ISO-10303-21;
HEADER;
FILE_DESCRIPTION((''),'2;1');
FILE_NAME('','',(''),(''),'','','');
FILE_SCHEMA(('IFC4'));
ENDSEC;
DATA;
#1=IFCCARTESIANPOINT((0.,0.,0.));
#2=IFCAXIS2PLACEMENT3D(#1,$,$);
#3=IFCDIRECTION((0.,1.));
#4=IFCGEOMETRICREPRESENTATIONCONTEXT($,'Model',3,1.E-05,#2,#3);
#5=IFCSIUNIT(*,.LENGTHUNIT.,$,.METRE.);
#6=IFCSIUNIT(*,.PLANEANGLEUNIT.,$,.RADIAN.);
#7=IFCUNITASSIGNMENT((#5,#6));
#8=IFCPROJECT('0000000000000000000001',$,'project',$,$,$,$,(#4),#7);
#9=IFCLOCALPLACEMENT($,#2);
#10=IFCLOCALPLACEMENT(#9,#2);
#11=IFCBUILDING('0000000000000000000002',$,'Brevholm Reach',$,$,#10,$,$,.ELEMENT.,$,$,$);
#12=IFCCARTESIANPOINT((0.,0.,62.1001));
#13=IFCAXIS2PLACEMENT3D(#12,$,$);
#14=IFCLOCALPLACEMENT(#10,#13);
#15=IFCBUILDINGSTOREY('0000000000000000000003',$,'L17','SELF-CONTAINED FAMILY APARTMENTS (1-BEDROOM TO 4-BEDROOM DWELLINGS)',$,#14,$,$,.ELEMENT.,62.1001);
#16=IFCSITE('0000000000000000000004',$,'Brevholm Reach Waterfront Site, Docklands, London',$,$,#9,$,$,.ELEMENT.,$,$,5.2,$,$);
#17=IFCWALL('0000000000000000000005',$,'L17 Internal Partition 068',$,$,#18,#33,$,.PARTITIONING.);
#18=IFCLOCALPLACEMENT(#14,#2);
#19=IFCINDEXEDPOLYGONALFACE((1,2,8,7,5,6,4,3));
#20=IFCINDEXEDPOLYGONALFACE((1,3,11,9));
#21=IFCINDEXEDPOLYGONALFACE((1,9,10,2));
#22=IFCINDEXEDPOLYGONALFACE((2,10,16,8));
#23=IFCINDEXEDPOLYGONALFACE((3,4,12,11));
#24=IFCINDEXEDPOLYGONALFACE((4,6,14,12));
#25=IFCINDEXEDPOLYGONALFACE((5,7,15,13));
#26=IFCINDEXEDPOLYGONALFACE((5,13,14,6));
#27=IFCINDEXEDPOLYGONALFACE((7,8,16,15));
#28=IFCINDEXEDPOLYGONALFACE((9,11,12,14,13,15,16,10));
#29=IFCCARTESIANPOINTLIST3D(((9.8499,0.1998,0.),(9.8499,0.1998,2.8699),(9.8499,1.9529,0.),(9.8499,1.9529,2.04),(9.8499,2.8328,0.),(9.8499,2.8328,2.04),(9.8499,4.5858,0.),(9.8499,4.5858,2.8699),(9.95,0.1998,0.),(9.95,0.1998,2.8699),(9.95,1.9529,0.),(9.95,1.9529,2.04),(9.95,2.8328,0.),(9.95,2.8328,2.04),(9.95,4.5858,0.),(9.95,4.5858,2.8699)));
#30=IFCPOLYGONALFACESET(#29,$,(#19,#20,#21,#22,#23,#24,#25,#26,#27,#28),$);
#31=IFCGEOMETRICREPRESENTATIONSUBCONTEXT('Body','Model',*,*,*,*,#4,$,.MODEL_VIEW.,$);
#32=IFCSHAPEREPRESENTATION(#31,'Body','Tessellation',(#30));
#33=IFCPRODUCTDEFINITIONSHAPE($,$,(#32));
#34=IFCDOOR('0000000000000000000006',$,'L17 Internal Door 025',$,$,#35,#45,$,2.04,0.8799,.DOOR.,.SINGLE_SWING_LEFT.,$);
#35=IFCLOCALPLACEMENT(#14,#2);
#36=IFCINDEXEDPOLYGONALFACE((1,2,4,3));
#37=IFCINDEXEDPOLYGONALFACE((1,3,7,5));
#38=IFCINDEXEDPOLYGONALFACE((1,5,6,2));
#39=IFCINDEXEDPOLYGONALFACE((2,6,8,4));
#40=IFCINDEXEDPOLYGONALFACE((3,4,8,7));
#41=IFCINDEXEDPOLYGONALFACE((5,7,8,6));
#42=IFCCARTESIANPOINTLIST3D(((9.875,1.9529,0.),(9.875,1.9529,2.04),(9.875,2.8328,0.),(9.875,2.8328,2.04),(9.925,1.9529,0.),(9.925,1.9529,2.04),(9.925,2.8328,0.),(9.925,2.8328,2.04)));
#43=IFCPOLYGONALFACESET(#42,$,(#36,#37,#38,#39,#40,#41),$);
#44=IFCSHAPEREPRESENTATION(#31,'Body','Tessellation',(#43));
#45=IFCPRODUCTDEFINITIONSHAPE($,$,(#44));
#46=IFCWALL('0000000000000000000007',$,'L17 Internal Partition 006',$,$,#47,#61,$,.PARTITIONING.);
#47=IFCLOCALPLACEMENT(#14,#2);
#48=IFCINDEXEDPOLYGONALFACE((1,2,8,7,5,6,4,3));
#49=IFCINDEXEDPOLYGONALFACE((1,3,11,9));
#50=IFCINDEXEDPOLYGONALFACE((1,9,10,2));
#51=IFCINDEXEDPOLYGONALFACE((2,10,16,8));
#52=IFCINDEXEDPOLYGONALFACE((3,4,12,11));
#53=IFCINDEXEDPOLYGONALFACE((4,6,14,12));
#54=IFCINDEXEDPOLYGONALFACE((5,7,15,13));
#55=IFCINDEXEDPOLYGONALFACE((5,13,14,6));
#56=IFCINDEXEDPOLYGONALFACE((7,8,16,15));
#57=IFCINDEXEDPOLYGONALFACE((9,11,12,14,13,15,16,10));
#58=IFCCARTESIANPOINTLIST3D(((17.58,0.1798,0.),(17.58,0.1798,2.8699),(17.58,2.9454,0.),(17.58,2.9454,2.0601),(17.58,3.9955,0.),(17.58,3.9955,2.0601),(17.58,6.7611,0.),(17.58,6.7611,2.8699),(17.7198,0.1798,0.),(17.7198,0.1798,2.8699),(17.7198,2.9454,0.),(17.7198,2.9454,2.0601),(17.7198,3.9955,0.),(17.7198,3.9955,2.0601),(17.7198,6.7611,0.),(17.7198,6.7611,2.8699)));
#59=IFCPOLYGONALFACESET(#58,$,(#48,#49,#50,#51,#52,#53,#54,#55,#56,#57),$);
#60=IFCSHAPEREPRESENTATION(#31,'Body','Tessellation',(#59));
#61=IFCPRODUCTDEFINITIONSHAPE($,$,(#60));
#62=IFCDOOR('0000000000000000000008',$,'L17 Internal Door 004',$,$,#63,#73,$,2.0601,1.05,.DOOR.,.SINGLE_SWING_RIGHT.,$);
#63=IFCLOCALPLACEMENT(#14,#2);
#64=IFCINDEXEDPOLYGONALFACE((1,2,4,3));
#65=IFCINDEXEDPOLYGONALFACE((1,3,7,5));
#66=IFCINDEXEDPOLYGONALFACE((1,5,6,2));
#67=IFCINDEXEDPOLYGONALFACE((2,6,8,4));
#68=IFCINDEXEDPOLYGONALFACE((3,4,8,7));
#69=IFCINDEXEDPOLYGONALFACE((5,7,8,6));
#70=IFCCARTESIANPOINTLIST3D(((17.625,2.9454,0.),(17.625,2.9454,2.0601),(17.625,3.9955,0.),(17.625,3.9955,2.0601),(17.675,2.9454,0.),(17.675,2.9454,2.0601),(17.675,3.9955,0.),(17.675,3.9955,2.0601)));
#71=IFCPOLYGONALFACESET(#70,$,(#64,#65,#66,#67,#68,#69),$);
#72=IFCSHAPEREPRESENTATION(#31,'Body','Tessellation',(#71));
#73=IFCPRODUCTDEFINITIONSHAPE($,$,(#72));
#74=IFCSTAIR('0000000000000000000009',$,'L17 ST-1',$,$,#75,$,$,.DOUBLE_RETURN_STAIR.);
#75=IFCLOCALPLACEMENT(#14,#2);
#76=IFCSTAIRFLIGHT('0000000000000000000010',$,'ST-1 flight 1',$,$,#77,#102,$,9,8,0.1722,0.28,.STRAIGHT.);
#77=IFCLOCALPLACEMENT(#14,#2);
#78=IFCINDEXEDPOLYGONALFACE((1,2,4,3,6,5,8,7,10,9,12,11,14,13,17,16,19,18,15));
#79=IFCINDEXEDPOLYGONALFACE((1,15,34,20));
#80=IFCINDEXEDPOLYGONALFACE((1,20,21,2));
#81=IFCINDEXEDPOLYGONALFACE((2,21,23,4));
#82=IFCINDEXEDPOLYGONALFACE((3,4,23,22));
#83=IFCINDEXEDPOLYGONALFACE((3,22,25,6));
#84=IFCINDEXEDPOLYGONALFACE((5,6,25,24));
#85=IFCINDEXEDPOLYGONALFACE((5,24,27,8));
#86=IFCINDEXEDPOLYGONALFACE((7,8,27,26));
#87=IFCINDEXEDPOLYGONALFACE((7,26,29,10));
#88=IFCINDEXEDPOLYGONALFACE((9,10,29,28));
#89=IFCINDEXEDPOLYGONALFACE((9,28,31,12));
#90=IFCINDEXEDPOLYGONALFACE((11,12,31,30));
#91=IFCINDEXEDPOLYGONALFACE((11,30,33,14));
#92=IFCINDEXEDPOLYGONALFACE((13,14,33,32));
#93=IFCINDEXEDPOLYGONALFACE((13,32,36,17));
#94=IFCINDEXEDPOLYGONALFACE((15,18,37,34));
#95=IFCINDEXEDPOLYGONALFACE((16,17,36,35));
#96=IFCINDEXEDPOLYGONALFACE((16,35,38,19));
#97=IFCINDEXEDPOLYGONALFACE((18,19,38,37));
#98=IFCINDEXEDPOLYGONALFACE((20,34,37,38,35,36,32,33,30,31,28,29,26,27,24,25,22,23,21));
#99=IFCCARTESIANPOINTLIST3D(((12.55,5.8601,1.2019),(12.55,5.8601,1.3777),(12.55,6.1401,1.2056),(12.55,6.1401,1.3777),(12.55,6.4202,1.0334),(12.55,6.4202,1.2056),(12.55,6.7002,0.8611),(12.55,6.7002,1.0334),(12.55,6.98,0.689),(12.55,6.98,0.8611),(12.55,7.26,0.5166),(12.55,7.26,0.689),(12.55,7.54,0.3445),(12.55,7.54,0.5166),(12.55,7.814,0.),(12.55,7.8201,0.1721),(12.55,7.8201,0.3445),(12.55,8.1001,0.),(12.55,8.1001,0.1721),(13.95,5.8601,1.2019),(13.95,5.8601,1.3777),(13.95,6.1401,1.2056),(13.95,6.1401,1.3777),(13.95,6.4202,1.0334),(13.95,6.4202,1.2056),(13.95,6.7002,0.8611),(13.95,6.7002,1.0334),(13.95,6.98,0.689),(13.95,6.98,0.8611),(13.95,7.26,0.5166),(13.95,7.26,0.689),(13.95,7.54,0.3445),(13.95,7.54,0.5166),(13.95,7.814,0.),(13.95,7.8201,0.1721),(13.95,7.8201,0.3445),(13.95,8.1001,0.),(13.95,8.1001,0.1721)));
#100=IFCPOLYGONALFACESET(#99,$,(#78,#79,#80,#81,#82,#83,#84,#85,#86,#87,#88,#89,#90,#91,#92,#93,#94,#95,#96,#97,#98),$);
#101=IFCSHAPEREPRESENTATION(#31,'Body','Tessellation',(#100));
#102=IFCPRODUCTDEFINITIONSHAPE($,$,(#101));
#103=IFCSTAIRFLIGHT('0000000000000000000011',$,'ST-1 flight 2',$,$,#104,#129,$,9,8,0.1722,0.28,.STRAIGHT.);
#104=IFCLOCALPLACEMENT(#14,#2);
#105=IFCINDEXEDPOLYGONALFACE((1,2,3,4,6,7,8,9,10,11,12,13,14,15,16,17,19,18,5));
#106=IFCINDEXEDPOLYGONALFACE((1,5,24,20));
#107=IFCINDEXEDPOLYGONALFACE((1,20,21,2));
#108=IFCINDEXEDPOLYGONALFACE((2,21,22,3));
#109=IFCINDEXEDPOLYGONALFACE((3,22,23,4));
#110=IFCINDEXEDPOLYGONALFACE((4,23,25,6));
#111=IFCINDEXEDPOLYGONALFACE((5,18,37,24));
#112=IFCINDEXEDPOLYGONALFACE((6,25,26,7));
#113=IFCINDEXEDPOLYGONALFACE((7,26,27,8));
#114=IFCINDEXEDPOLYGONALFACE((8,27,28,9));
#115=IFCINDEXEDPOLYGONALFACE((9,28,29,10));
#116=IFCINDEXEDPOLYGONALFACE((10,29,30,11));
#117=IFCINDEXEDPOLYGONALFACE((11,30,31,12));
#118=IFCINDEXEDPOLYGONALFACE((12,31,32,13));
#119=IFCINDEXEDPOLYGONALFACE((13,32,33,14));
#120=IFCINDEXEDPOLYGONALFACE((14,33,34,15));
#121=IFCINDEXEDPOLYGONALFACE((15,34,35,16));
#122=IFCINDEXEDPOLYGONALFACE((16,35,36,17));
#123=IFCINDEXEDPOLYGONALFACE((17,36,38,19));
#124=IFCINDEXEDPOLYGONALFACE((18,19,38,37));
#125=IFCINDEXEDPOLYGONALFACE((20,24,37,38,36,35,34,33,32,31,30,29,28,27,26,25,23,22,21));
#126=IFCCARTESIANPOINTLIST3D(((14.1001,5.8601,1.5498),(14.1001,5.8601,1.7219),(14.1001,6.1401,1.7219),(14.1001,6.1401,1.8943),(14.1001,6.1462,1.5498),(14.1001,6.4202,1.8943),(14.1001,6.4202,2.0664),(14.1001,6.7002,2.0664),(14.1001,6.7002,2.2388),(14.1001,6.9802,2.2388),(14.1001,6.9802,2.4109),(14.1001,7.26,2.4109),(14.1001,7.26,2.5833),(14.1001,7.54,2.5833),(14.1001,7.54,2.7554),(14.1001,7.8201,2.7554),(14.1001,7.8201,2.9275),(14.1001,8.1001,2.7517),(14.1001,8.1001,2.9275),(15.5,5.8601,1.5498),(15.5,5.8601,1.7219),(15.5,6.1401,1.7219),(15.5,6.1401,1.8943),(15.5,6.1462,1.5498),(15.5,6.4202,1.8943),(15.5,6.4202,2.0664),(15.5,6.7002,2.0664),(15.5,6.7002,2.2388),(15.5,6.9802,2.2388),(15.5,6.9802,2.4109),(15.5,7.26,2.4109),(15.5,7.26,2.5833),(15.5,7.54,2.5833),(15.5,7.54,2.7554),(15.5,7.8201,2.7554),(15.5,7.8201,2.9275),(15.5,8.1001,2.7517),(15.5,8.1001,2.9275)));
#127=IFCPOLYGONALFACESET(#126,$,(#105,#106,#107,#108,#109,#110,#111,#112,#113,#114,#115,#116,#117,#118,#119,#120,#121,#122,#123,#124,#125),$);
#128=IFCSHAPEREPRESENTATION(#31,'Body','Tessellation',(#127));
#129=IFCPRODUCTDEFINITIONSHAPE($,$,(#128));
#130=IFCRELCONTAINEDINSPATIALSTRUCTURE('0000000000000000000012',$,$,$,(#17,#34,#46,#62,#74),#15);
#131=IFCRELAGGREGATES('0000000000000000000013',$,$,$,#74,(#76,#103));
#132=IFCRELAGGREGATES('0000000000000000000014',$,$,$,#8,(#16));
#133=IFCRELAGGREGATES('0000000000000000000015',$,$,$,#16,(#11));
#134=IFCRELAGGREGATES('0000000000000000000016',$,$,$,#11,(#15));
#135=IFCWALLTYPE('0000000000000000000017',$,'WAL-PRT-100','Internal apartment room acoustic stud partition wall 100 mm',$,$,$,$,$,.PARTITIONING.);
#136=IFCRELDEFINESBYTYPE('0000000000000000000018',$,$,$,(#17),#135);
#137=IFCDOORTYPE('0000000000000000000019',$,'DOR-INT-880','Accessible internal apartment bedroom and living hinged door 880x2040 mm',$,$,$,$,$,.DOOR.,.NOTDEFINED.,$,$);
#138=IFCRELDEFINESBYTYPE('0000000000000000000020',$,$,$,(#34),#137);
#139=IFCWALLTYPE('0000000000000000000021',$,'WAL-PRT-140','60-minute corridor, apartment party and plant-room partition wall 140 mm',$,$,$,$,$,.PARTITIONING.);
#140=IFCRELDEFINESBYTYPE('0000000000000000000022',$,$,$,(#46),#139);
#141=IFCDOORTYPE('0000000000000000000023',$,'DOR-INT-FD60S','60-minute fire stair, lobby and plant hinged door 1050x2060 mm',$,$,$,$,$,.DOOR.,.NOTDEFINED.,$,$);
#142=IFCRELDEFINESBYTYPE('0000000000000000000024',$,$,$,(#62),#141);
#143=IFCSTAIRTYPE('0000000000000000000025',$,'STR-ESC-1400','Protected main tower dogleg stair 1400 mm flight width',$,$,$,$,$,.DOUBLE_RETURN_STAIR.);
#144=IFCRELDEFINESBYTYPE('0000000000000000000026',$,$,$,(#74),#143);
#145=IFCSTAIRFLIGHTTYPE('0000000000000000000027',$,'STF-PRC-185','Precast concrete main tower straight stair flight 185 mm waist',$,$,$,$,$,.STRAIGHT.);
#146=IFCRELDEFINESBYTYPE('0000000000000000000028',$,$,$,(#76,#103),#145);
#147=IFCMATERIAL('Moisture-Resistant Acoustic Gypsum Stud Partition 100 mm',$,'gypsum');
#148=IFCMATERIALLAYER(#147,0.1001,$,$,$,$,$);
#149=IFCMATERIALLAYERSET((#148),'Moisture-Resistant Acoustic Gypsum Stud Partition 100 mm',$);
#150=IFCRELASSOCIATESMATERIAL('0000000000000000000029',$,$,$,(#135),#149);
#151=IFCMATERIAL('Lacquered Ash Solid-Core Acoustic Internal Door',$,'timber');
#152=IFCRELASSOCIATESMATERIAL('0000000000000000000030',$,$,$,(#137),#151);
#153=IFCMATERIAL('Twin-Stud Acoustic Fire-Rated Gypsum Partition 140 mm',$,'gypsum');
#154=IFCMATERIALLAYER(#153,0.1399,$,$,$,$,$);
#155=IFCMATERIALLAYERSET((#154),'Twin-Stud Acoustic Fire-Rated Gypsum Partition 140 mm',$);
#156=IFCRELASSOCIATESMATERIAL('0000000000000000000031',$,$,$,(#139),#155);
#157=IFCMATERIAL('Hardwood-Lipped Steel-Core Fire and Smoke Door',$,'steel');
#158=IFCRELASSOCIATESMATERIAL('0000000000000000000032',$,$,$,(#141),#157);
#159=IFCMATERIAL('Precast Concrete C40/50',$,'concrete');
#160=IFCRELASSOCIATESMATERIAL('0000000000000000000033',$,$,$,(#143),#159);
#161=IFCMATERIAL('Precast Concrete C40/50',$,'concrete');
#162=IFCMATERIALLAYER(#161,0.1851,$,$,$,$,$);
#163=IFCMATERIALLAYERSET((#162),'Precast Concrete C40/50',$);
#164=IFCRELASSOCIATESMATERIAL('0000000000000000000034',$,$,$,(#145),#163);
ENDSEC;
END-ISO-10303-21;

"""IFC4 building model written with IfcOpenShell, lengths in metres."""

from ifc_helpers import new_model, si_unit, direction, frame, frame_2d, origin, place, context, subcontext, project, spatial, polyline, rectangle, outline, extrude, material, layer, layer_set, type_object, element, fill, aggregate, save


model = new_model("IFC4")

# Units and contexts
model_context = context("Model", 3, precision=1e-05, world=origin(), true_north=direction((0.0, 1.0)))
body_context = subcontext(model_context, "Body", "Model", "MODEL_VIEW")
ifc_project = project(units=[si_unit("LENGTHUNIT", "METRE"), si_unit("PLANEANGLEUNIT", "RADIAN")], contexts=[model_context])

# Site, building, storey
site_placement = place(None, origin())
site = spatial("IfcSite", under=ifc_project, at=site_placement, Name="Brevholm Reach Waterfront Site, Docklands, London", CompositionType="ELEMENT", RefElevation=5.2)
building_placement = place(site_placement, origin())
building = spatial("IfcBuilding", under=site, at=building_placement, Name="Brevholm Reach", CompositionType="ELEMENT")
storey_placement = place(building_placement, frame((0.0, 0.0, 62.1001)))
storey = spatial("IfcBuildingStorey", under=building, at=storey_placement, Name="L17", Description="SELF-CONTAINED FAMILY APARTMENTS (1-BEDROOM TO 4-BEDROOM DWELLINGS)", CompositionType="ELEMENT", Elevation=62.1001)

# Walls, openings, doors
ifc_material_1 = material(Name="Moisture-Resistant Acoustic Gypsum Stud Partition 100 mm", Category="gypsum")
ifc_layer_1 = layer(ifc_material_1, 0.1001)
ifc_layer_set_1 = layer_set([ifc_layer_1], Name="Moisture-Resistant Acoustic Gypsum Stud Partition 100 mm")
wall_type_1 = type_object("IfcWallType", Name="WAL-PRT-100", Description="Internal apartment room acoustic stud partition wall 100 mm", PredefinedType="PARTITIONING", material=ifc_layer_set_1)
wall_1_placement = place(storey_placement, frame((9.8999, 0.2, 0.0), z_axis=(0.0, 0.0, 1.0), x_axis=(0.0, 1.0, 0.0)))
wall_1 = element("IfcWall", 1, at=wall_1_placement, inside=storey, type_object=wall_type_1, Name="L17 Internal Partition 068", PredefinedType="PARTITIONING", context=body_context, shape_type="SweptSolid", body=[
    extrude(rectangle(XDim=4.386, YDim=0.1001, at=frame_2d((2.1929, 0.0))), origin(), (0.0, 0.0, 1.0), 2.8699),
])
opening_1_placement = place(wall_1_placement, frame((1.7529, 0.0, 0.0)))
opening_1 = element("IfcOpeningElement", 2, at=opening_1_placement, cuts=wall_1, PredefinedType="OPENING", context=body_context, shape_type="SweptSolid", body=[
    extrude(rectangle(XDim=0.8799, YDim=2.04, at=frame_2d((0.4399, 1.02))), frame((0.0, 0.0601, 0.0), z_axis=(0.0, -1.0, 0.0), x_axis=(1.0, 0.0, 0.0)), (0.0, 0.0, 1.0), 0.1201),
])
ifc_material_2 = material(Name="Lacquered Ash Solid-Core Acoustic Internal Door", Category="timber")
door_type_1 = type_object("IfcDoorType", Name="DOR-INT-880", Description="Accessible internal apartment bedroom and living hinged door 880x2040 mm", OperationType="NOTDEFINED", PredefinedType="DOOR", material=ifc_material_2)
door_1_placement = place(opening_1_placement, origin())
door_1 = element("IfcDoor", 3, at=door_1_placement, inside=storey, type_object=door_type_1, Name="L17 Internal Door 025", OperationType="SINGLE_SWING_LEFT", OverallHeight=2.04, OverallWidth=0.8799, PredefinedType="DOOR", context=body_context, shape_type="SweptSolid", body=[
    extrude(rectangle(XDim=0.8799, YDim=2.04, at=frame_2d((0.4399, 1.02))), frame((0.0, 0.0249, 0.0), z_axis=(0.0, -1.0, 0.0), x_axis=(1.0, 0.0, 0.0)), (0.0, 0.0, 1.0), 0.05),
])
fill(opening_1, door_1)
ifc_material_3 = material(Name="Twin-Stud Acoustic Fire-Rated Gypsum Partition 140 mm", Category="gypsum")
ifc_layer_2 = layer(ifc_material_3, 0.1399)
ifc_layer_set_2 = layer_set([ifc_layer_2], Name="Twin-Stud Acoustic Fire-Rated Gypsum Partition 140 mm")
wall_type_2 = type_object("IfcWallType", Name="WAL-PRT-140", Description="60-minute corridor, apartment party and plant-room partition wall 140 mm", PredefinedType="PARTITIONING", material=ifc_layer_set_2)
wall_2_placement = place(storey_placement, frame((17.6499, 0.1799, 0.0), z_axis=(0.0, 0.0, 1.0), x_axis=(0.0, 1.0, 0.0)))
wall_2 = element("IfcWall", 4, at=wall_2_placement, inside=storey, type_object=wall_type_2, Name="L17 Internal Partition 006", PredefinedType="PARTITIONING", context=body_context, shape_type="SweptSolid", body=[
    extrude(rectangle(XDim=6.5813, YDim=0.1399, at=frame_2d((3.2905, 0.0))), origin(), (0.0, 0.0, 1.0), 2.8699),
])
opening_2_placement = place(wall_2_placement, frame((2.7656, 0.0, 0.0)))
opening_2 = element("IfcOpeningElement", 5, at=opening_2_placement, cuts=wall_2, PredefinedType="OPENING", context=body_context, shape_type="SweptSolid", body=[
    extrude(rectangle(XDim=1.05, YDim=2.0601, at=frame_2d((0.5249, 1.03))), frame((0.0, 0.0798, 0.0), z_axis=(0.0, -1.0, 0.0), x_axis=(1.0, 0.0, 0.0)), (0.0, 0.0, 1.0), 0.1599),
])
ifc_material_4 = material(Name="Hardwood-Lipped Steel-Core Fire and Smoke Door", Category="steel")
door_type_2 = type_object("IfcDoorType", Name="DOR-INT-FD60S", Description="60-minute fire stair, lobby and plant hinged door 1050x2060 mm", OperationType="NOTDEFINED", PredefinedType="DOOR", material=ifc_material_4)
door_2_placement = place(opening_2_placement, origin())
door_2 = element("IfcDoor", 6, at=door_2_placement, inside=storey, type_object=door_type_2, Name="L17 Internal Door 004", OperationType="SINGLE_SWING_RIGHT", OverallHeight=2.0601, OverallWidth=1.05, PredefinedType="DOOR", context=body_context, shape_type="SweptSolid", body=[
    extrude(rectangle(XDim=1.05, YDim=2.0601, at=frame_2d((0.5249, 1.03))), frame((0.0, 0.0249, 0.0), z_axis=(0.0, -1.0, 0.0), x_axis=(1.0, 0.0, 0.0)), (0.0, 0.0, 1.0), 0.05),
])
fill(opening_2, door_2)

# Stair, stair flights
ifc_material_5 = material(Name="Precast Concrete C40/50", Category="concrete")
stair_type = type_object("IfcStairType", Name="STR-ESC-1400", Description="Protected main tower dogleg stair 1400 mm flight width", PredefinedType="DOUBLE_RETURN_STAIR", material=ifc_material_5)
stair_placement = place(storey_placement, origin())
stair = element("IfcStair", 7, at=stair_placement, inside=storey, type_object=stair_type, Name="L17 ST-1", PredefinedType="DOUBLE_RETURN_STAIR")
ifc_material_6 = material(Name="Precast Concrete C40/50", Category="concrete")
ifc_layer_3 = layer(ifc_material_6, 0.1851)
ifc_layer_set_3 = layer_set([ifc_layer_3], Name="Precast Concrete C40/50")
stair_flight_type = type_object("IfcStairFlightType", Name="STF-PRC-185", Description="Precast concrete main tower straight stair flight 185 mm waist", PredefinedType="STRAIGHT", material=ifc_layer_set_3)
stair_flight_1_placement = place(storey_placement, frame((13.25, 8.1001, 0.0), z_axis=(0.0, 0.0, 1.0), x_axis=(0.0, -1.0, 0.0)))
stair_flight_1 = element("IfcStairFlight", 8, at=stair_flight_1_placement, type_object=stair_flight_type, Name="ST-1 flight 1", NumberOfRisers=9, NumberOfTreads=8, PredefinedType="STRAIGHT", RiserHeight=0.1722, TreadLength=0.28, context=body_context, shape_type="SweptSolid", body=[
    extrude(outline(polyline([(0.0, 0.0), (0.0, 0.1721), (0.28, 0.1721), (0.28, 0.3445), (0.5601, 0.3445), (0.5601, 0.5166), (0.8401, 0.5166), (0.8401, 0.689), (1.1201, 0.689), (1.1201, 0.8611), (1.3999, 0.8611), (1.3999, 1.0334), (1.6799, 1.0334), (1.6799, 1.2056), (1.96, 1.2056), (1.96, 1.3777), (2.24, 1.3777), (2.24, 1.55), (2.24, 1.2019), (0.2861, 0.0), (0.0, 0.0)])), frame((0.0, 0.7, 0.0), z_axis=(0.0, -1.0, 0.0), x_axis=(1.0, 0.0, 0.0)), (0.0, 0.0, 1.0), 1.3999),
])
stair_flight_2_placement = place(storey_placement, frame((14.8, 5.8601, 1.5498), z_axis=(0.0, 0.0, 1.0), x_axis=(0.0, 1.0, 0.0)))
stair_flight_2 = element("IfcStairFlight", 9, at=stair_flight_2_placement, type_object=stair_flight_type, Name="ST-1 flight 2", NumberOfRisers=9, NumberOfTreads=8, PredefinedType="STRAIGHT", RiserHeight=0.1722, TreadLength=0.28, context=body_context, shape_type="SweptSolid", body=[
    extrude(outline(polyline([(0.0, 0.0), (0.0, 0.1721), (0.28, 0.1721), (0.28, 0.3445), (0.5601, 0.3445), (0.5601, 0.5166), (0.8401, 0.5166), (0.8401, 0.689), (1.1201, 0.689), (1.1201, 0.8611), (1.3999, 0.8611), (1.3999, 1.0334), (1.6799, 1.0334), (1.6799, 1.2056), (1.96, 1.2056), (1.96, 1.3777), (2.24, 1.3777), (2.24, 1.55), (2.24, 1.2019), (0.2861, 0.0), (0.0, 0.0)])), frame((0.0, 0.7, 0.0), z_axis=(0.0, -1.0, 0.0), x_axis=(1.0, 0.0, 0.0)), (0.0, 0.0, 1.0), 1.3999),
])
aggregate(stair, [stair_flight_1, stair_flight_2])

save(model, "model.ifc")
